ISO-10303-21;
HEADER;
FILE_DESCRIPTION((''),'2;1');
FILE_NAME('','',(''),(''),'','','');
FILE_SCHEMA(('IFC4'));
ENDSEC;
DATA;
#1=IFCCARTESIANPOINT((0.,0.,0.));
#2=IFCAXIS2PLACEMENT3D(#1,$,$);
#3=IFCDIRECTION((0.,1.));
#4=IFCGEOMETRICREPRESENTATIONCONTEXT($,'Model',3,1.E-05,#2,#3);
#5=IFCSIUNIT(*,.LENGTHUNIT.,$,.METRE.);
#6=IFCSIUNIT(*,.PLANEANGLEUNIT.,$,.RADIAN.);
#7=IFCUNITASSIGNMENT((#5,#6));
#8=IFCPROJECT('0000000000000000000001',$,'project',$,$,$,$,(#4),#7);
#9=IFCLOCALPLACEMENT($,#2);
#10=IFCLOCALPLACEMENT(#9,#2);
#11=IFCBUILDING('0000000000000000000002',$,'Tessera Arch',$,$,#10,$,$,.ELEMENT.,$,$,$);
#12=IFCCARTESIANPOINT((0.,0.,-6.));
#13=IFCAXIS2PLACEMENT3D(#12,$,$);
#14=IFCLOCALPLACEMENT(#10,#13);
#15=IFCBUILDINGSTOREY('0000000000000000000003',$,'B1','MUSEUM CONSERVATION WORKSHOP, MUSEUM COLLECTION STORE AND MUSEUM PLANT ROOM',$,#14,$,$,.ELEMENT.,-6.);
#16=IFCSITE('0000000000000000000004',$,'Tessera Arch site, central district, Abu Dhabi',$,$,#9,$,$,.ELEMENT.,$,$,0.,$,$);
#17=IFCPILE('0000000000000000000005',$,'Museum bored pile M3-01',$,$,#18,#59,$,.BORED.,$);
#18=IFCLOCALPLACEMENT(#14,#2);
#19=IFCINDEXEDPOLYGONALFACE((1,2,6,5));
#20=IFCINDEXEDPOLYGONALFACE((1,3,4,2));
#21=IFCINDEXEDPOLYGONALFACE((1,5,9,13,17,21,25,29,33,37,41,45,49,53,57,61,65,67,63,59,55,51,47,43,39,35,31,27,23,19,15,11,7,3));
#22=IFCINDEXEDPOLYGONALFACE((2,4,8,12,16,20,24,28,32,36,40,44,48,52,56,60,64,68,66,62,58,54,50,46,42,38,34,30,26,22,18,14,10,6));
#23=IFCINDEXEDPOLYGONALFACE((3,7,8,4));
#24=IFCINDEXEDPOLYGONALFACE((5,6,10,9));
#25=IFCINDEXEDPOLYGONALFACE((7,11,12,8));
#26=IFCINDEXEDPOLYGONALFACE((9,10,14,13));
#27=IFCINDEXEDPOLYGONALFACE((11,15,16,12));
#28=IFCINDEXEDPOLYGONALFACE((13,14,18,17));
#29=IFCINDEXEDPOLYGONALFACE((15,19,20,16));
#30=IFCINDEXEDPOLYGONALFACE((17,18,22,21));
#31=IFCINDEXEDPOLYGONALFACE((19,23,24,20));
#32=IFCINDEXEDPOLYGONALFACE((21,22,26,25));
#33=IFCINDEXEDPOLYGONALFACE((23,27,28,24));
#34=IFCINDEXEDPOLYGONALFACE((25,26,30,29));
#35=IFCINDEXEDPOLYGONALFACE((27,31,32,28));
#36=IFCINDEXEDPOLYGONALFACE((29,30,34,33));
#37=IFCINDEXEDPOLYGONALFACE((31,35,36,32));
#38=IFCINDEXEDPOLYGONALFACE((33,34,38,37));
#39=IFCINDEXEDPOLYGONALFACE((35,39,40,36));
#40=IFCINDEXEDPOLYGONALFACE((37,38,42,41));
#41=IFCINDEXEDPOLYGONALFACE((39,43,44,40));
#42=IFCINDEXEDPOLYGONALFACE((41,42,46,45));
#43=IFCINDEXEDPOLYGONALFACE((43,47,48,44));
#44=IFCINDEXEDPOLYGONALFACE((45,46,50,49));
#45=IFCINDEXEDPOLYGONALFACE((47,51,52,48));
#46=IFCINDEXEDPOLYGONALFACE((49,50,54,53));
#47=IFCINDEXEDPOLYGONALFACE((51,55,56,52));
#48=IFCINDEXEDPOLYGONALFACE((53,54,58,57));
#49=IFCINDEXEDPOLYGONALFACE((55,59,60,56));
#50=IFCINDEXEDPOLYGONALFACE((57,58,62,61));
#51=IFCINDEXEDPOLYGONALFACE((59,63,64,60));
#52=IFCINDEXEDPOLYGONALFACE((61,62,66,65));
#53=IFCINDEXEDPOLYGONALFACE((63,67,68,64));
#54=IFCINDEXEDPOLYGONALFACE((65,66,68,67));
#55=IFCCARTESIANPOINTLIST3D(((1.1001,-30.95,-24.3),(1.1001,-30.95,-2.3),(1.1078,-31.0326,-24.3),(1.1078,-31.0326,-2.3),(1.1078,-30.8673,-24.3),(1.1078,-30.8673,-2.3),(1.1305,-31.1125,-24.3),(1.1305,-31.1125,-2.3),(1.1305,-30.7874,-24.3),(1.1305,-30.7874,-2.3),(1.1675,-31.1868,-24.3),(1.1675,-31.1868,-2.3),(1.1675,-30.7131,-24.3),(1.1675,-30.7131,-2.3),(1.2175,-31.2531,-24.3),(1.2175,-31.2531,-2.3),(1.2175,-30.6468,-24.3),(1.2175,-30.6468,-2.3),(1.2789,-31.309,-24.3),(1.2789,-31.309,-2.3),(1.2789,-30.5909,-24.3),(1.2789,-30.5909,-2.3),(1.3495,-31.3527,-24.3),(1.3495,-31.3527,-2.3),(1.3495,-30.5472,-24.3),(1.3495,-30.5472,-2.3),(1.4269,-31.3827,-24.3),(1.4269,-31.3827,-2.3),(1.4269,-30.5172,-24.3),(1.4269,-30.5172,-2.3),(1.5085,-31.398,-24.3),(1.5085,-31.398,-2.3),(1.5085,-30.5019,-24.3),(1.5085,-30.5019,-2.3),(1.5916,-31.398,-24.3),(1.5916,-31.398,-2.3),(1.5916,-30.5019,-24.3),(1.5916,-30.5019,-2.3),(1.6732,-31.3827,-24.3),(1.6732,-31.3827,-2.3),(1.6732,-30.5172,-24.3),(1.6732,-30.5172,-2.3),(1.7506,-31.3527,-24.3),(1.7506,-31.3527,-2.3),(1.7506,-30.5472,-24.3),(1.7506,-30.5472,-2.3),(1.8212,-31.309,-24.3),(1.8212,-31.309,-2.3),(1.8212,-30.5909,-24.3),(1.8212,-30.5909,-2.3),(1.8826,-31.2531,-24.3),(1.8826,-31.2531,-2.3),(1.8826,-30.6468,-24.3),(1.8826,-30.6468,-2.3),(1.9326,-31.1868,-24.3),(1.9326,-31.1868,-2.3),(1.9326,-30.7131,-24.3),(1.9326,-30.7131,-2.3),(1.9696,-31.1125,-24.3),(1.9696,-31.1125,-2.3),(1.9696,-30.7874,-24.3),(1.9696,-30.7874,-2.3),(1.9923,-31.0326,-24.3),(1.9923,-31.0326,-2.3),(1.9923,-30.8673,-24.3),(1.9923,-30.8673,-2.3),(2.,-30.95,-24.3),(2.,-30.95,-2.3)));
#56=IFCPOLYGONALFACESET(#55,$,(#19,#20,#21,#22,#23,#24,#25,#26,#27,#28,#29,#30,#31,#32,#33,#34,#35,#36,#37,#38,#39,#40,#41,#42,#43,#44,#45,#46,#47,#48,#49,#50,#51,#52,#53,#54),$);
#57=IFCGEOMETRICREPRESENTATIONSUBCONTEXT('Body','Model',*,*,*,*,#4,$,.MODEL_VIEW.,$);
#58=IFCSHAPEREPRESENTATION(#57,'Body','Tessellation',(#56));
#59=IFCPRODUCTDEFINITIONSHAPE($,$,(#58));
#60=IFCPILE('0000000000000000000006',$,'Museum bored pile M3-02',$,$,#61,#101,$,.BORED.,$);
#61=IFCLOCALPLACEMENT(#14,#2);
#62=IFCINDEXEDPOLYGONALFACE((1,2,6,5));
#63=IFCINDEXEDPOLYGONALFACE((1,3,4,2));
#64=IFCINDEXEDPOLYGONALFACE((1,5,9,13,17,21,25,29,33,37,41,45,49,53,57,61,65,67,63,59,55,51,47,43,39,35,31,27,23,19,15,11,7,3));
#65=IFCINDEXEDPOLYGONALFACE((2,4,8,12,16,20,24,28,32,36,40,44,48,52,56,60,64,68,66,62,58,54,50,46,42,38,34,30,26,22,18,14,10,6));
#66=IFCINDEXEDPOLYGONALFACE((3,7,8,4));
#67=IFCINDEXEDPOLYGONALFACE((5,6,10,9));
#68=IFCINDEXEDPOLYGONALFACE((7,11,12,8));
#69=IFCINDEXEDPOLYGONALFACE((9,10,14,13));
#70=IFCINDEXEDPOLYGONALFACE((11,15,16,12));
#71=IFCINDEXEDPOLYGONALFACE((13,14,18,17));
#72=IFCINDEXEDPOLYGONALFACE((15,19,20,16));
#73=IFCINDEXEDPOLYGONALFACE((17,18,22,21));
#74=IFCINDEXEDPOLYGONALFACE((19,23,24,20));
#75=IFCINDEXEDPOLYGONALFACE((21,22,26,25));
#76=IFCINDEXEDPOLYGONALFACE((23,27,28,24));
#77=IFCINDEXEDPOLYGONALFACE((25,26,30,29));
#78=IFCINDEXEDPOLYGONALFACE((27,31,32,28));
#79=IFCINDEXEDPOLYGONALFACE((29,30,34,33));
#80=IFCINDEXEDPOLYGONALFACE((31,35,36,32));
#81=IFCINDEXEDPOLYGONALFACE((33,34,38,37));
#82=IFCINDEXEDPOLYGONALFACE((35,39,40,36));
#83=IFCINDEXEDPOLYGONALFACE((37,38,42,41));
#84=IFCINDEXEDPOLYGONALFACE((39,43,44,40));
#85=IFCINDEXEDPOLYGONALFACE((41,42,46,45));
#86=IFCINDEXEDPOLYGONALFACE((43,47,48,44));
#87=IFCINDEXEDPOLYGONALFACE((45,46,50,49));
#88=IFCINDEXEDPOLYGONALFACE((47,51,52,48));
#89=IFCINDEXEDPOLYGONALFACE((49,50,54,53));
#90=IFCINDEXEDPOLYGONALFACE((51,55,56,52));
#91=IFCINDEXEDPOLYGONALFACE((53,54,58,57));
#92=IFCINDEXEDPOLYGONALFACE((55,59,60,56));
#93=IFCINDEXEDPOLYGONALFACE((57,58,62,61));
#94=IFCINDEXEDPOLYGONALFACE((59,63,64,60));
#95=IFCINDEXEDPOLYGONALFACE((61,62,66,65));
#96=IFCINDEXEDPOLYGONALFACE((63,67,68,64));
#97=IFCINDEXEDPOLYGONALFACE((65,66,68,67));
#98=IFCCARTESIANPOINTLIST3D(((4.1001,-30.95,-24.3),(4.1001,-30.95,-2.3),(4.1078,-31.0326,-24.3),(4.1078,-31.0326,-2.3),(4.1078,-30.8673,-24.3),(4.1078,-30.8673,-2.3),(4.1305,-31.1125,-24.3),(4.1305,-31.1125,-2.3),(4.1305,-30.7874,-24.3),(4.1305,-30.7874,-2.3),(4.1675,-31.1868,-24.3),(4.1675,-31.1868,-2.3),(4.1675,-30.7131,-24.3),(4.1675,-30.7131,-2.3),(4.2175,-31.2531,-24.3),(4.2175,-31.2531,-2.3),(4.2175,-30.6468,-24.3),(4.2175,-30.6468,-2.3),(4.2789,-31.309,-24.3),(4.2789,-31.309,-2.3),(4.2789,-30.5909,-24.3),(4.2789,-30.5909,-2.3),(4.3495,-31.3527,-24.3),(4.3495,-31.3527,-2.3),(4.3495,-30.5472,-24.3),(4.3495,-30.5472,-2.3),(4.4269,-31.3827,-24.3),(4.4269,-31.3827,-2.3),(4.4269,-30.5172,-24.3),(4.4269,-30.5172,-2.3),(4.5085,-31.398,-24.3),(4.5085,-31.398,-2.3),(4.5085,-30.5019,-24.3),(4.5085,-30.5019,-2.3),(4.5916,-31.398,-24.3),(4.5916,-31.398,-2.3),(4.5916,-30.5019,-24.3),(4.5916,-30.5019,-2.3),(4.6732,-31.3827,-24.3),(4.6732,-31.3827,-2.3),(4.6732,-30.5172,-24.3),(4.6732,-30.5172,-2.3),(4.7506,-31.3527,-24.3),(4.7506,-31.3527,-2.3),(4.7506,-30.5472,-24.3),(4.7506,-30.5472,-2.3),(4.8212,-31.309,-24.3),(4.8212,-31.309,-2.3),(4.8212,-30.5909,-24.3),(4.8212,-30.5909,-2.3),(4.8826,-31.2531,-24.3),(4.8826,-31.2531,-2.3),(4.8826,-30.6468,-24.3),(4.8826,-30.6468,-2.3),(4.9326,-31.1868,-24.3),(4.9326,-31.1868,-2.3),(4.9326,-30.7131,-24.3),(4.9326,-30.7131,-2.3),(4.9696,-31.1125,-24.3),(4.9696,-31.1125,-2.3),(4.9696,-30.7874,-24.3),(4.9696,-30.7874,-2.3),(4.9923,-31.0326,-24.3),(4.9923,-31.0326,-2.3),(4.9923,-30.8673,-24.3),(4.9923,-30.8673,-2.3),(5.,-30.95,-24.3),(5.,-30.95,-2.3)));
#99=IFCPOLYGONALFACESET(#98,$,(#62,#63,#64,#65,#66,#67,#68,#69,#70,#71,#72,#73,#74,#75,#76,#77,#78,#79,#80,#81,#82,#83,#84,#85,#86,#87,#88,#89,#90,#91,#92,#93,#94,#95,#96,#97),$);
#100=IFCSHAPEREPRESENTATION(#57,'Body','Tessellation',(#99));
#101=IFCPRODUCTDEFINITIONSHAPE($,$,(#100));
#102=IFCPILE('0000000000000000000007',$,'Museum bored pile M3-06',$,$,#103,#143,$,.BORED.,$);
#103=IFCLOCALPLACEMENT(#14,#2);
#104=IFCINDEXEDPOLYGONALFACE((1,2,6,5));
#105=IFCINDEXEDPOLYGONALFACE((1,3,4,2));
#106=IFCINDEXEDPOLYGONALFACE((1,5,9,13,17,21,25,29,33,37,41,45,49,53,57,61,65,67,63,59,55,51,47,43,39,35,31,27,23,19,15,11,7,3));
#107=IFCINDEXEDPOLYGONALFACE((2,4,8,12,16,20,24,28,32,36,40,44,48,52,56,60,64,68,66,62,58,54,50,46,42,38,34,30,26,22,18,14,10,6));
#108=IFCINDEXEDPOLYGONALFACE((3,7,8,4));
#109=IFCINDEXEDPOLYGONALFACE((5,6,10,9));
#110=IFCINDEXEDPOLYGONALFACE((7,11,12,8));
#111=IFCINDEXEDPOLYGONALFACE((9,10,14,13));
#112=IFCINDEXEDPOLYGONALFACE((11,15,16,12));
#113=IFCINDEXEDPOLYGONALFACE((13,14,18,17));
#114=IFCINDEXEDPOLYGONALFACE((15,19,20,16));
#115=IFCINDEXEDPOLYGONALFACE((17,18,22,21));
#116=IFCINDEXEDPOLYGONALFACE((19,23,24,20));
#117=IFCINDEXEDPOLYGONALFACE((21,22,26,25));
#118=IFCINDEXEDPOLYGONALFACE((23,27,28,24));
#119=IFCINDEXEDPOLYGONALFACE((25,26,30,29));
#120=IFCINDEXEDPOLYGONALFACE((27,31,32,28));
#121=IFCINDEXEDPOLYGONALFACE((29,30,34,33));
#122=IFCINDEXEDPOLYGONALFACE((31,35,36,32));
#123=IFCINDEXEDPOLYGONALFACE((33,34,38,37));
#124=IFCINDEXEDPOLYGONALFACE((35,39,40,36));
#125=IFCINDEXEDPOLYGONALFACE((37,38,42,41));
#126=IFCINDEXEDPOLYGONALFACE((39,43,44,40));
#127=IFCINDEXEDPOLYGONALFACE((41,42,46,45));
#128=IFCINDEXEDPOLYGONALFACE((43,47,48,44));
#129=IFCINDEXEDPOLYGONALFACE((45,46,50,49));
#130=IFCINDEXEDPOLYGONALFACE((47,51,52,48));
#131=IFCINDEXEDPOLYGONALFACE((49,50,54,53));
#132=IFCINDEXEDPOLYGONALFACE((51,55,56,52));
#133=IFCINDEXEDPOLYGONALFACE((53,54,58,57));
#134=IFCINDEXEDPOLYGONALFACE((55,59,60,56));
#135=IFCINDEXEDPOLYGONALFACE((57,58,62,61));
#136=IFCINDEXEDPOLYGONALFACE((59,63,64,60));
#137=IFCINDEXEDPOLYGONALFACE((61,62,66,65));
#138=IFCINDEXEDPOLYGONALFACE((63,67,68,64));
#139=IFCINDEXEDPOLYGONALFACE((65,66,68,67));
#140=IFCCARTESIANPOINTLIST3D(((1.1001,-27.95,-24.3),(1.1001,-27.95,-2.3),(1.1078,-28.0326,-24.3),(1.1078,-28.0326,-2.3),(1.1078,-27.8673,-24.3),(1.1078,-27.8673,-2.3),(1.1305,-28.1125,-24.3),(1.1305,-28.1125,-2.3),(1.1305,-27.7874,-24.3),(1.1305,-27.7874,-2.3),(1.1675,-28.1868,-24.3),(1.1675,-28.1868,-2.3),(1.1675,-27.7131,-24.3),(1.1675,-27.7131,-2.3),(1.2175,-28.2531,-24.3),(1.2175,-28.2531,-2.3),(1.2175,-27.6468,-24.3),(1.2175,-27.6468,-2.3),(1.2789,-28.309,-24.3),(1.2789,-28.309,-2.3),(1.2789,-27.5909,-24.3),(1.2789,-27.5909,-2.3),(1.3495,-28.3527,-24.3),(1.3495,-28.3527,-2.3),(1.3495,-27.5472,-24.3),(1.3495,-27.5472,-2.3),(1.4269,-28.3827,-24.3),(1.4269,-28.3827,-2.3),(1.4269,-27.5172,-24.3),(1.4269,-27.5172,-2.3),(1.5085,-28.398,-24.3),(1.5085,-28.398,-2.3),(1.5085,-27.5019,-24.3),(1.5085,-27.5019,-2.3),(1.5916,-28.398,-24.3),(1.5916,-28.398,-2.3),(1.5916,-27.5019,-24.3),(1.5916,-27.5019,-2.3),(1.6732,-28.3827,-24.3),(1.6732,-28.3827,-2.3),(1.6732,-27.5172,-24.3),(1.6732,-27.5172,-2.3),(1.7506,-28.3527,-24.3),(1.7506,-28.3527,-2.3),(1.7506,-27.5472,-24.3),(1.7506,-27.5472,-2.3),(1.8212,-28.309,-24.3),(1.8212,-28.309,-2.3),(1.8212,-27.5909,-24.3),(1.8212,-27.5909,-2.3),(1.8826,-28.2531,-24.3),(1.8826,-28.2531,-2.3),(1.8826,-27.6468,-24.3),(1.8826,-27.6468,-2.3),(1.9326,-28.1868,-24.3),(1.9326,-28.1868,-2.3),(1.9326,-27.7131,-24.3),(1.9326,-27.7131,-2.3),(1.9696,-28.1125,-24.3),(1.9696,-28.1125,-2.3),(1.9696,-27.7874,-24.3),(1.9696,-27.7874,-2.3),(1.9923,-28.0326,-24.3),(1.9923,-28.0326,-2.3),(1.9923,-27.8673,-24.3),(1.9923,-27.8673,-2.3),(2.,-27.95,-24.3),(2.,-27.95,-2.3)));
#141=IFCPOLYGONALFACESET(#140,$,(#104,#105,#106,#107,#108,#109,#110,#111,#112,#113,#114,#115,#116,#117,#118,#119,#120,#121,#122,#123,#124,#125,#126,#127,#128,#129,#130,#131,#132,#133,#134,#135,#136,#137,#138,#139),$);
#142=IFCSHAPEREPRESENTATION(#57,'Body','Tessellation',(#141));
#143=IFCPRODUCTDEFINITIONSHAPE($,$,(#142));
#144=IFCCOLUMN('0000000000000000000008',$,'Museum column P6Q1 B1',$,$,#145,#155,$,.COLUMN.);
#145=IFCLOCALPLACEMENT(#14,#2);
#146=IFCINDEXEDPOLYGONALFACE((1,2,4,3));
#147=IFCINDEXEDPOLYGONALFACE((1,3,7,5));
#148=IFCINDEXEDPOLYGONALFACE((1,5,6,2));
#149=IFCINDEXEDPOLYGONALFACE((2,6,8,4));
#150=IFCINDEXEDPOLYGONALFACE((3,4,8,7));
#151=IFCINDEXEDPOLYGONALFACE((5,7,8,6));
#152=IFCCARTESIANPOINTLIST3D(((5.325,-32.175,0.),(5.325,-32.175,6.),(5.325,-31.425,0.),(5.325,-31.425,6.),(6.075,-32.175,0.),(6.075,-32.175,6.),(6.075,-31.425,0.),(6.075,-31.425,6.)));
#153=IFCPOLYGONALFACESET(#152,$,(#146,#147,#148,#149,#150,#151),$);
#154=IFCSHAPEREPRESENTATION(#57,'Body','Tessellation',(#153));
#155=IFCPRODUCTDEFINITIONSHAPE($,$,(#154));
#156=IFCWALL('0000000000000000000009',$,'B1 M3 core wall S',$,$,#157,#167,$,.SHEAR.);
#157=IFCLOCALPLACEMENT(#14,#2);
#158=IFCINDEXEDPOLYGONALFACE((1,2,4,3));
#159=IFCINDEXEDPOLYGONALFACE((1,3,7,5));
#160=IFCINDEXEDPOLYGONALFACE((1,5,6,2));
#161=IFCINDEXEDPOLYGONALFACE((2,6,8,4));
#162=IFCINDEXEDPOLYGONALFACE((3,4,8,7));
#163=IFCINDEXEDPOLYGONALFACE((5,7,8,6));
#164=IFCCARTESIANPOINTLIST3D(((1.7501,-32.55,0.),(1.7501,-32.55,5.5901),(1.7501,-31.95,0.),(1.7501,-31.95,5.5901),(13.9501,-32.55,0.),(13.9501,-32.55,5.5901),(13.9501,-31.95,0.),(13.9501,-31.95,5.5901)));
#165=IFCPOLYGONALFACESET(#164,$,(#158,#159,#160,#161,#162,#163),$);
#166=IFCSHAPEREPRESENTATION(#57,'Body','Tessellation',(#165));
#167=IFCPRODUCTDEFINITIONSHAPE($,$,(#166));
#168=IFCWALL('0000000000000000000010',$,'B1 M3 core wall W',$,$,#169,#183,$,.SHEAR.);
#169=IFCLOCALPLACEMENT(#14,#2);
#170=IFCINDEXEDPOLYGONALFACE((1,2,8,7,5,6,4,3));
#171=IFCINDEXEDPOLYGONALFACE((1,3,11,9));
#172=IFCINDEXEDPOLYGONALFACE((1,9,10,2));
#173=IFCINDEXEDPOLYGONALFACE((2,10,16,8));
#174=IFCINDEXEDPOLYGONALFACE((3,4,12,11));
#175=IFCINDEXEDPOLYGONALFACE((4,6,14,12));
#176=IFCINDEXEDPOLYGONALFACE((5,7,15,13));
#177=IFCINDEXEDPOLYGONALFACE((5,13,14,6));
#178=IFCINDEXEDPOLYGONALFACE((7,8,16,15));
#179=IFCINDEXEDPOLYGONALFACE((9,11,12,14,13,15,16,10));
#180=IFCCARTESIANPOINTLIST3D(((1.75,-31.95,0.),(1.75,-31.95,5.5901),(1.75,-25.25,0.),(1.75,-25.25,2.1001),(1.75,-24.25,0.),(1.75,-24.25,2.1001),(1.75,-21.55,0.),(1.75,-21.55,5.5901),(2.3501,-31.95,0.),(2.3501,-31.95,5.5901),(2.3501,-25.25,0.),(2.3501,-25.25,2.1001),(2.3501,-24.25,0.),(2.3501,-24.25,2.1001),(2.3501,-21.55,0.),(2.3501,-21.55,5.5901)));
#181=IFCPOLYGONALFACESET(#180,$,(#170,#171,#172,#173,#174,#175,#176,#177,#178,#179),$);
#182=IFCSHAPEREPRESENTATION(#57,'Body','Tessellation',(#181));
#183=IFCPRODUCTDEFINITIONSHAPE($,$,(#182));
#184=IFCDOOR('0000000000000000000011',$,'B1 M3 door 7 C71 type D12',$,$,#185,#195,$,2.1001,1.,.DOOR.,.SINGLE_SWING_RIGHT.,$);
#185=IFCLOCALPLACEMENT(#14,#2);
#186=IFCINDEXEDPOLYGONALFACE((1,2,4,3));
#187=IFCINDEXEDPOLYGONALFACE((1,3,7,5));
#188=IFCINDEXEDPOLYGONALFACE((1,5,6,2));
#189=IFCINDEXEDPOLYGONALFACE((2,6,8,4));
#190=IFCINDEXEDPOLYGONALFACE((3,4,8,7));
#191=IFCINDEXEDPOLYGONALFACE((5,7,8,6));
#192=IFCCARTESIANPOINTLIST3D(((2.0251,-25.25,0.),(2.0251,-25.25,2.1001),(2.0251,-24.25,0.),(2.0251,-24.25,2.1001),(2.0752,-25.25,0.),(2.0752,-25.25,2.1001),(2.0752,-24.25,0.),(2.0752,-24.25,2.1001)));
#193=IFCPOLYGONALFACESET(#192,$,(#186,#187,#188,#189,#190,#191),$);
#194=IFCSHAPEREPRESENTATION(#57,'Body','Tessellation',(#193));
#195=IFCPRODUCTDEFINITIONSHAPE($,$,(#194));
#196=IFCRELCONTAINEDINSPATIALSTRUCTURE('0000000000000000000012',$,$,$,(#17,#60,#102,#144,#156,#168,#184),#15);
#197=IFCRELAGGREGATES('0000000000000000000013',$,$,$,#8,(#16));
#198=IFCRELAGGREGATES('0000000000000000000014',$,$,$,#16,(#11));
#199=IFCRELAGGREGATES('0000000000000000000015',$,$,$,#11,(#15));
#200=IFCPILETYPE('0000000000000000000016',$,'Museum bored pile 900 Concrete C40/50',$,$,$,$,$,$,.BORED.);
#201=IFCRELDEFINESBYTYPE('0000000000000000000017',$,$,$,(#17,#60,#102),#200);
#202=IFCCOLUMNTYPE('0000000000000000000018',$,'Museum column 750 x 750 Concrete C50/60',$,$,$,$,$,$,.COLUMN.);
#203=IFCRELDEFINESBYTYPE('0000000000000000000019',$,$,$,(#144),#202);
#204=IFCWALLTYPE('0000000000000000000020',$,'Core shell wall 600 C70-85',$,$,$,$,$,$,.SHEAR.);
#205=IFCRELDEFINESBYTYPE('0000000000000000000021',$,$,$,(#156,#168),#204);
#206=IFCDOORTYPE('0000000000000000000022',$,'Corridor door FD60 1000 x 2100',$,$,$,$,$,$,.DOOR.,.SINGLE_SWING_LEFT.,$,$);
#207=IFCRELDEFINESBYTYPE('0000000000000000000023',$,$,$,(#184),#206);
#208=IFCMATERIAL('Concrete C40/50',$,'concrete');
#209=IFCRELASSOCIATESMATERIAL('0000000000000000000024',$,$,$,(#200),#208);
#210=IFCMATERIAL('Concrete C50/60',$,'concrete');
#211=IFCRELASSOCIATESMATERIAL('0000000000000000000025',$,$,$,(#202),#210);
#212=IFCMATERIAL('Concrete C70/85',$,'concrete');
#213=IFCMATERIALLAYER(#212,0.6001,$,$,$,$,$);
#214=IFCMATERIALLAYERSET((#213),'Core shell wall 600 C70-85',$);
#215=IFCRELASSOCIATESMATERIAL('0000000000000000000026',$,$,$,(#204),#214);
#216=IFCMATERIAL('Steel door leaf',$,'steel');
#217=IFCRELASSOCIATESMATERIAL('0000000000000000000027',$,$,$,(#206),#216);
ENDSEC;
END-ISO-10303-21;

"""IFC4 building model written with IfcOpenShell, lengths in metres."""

from ifc_helpers import new_model, si_unit, direction, frame, frame_2d, origin, origin_2d, place, context, subcontext, project, spatial, rectangle, circle, extrude, material, layer, layer_set, material_profile, profile_set, type_object, element, fill, save


model = new_model("IFC4")

# Units and contexts
model_context = context("Model", 3, precision=1e-05, world=origin(), true_north=direction((0.0, 1.0)))
body_context = subcontext(model_context, "Body", "Model", "MODEL_VIEW")
ifc_project = project(units=[si_unit("LENGTHUNIT", "METRE"), si_unit("PLANEANGLEUNIT", "RADIAN")], contexts=[model_context])

# Site, building, storey
site_placement = place(None, origin())
site = spatial("IfcSite", under=ifc_project, at=site_placement, Name="Tessera Arch site, central district, Abu Dhabi", CompositionType="ELEMENT", RefElevation=0.0)
building_placement = place(site_placement, origin())
building = spatial("IfcBuilding", under=site, at=building_placement, Name="Tessera Arch", CompositionType="ELEMENT")
storey_placement = place(building_placement, frame((0.0, 0.0, -6.0)))
storey = spatial("IfcBuildingStorey", under=building, at=storey_placement, Name="B1", Description="MUSEUM CONSERVATION WORKSHOP, MUSEUM COLLECTION STORE AND MUSEUM PLANT ROOM", CompositionType="ELEMENT", Elevation=-6.0)

# Piles
ifc_material_1 = material(Name="Concrete C40/50", Category="concrete")
pile_type = type_object("IfcPileType", Name="Museum bored pile 900 Concrete C40/50", PredefinedType="BORED", material=ifc_material_1)
for number, where, z_axis, x_axis, name in (
    (1, (1.55, -30.95, -2.3), (0.0, 0.0, -1.0), (1.0, 0.0, 0.0), "Museum bored pile M3-01"),
    (2, (4.55, -30.95, -2.3), (0.0, 0.0, -1.0), (1.0, 0.0, 0.0), "Museum bored pile M3-02"),
    (3, (1.55, -27.95, -2.3), (0.0, 0.0, -1.0), (1.0, 0.0, 0.0), "Museum bored pile M3-06"),
):
    element("IfcPile", number, at=place(storey_placement, frame(where, z_axis=z_axis, x_axis=x_axis)), inside=storey, type_object=pile_type, Name=name, PredefinedType="BORED", context=body_context, shape_type="SweptSolid", body=[
        extrude(circle(Radius=0.45, at=origin_2d()), origin(), (0.0, 0.0, 1.0), 22.0),
    ])

# Column
ifc_material_2 = material(Name="Concrete C50/60", Category="concrete")
ifc_material_profile = material_profile(ifc_material_2, rectangle(XDim=0.75, YDim=0.75, at=origin_2d()), Name="Museum column 750 x 750 Concrete C50/60")
ifc_profile_set = profile_set([ifc_material_profile], Name="Concrete C50/60")
column_type = type_object("IfcColumnType", Name="Museum column 750 x 750 Concrete C50/60", PredefinedType="COLUMN", material=ifc_profile_set)
column_placement = place(storey_placement, frame((5.7, -31.8, 0.0), z_axis=(0.0, 0.0, 1.0), x_axis=(1.0, 0.0, 0.0)))
element("IfcColumn", 4, at=column_placement, inside=storey, type_object=column_type, Name="Museum column P6Q1 B1", PredefinedType="COLUMN", context=body_context, shape_type="SweptSolid", body=[
    extrude(rectangle(XDim=0.75, YDim=0.75, at=origin_2d()), origin(), (0.0, 0.0, 1.0), 6.0),
])

# Wall
ifc_material_3 = material(Name="Concrete C70/85", Category="concrete")
ifc_layer_1 = layer(ifc_material_3, 0.6001)
ifc_layer_set_1 = layer_set([ifc_layer_1], Name="Core shell wall 600 C70-85")
wall_type_1 = type_object("IfcWallType", Name="Core shell wall 600 C70-85", PredefinedType="SHEAR", material=ifc_layer_set_1)
wall_1_placement = place(storey_placement, frame((1.75, -32.25, 0.0), z_axis=(0.0, 0.0, 1.0), x_axis=(1.0, 0.0, 0.0)))
element("IfcWall", 5, at=wall_1_placement, inside=storey, type_object=wall_type_1, Name="B1 M3 core wall S", PredefinedType="SHEAR", context=body_context, shape_type="SweptSolid", body=[
    extrude(rectangle(XDim=12.2, YDim=0.6001, at=frame_2d((6.1001, 0.0))), origin(), (0.0, 0.0, 1.0), 5.5901),
])

# Wall, opening, door
wall_2_placement = place(storey_placement, frame((2.05, -31.95, 0.0), z_axis=(0.0, 0.0, 1.0), x_axis=(0.0, 1.0, 0.0)))
wall_2 = element("IfcWall", 6, at=wall_2_placement, inside=storey, type_object=wall_type_1, Name="B1 M3 core wall W", PredefinedType="SHEAR", context=body_context, shape_type="SweptSolid", body=[
    extrude(rectangle(XDim=10.3999, YDim=0.6001, at=frame_2d((5.2, 0.0))), origin(), (0.0, 0.0, 1.0), 5.5901),
])
opening_1_placement = place(wall_2_placement, frame((6.7, 0.0, 0.0)))
opening_1 = element("IfcOpeningElement", 7, at=opening_1_placement, cuts=wall_2, PredefinedType="OPENING", context=body_context, shape_type="SweptSolid", body=[
    extrude(rectangle(XDim=1.0, YDim=2.1001, at=frame_2d((0.5, 1.05))), frame((0.0, 0.3101, 0.0), z_axis=(0.0, -1.0, 0.0), x_axis=(1.0, 0.0, 0.0)), (0.0, 0.0, 1.0), 0.6201),
])
ifc_material_4 = material(Name="Steel door leaf", Category="steel")
door_type_1 = type_object("IfcDoorType", Name="Corridor door FD60 1000 x 2100", OperationType="SINGLE_SWING_LEFT", PredefinedType="DOOR", material=ifc_material_4)
door_1_placement = place(opening_1_placement, origin())
door_1 = element("IfcDoor", 8, at=door_1_placement, inside=storey, type_object=door_type_1, Name="B1 M3 door 7 C71 type D12", OperationType="SINGLE_SWING_RIGHT", OverallHeight=2.1001, OverallWidth=1.0, PredefinedType="DOOR", context=body_context, shape_type="SweptSolid", body=[
    extrude(rectangle(XDim=1.0, YDim=2.1001, at=frame_2d((0.5, 1.05))), frame((0.0, 0.0249, 0.0), z_axis=(0.0, -1.0, 0.0), x_axis=(1.0, 0.0, 0.0)), (0.0, 0.0, 1.0), 0.05),
])
fill(opening_1, door_1)

save(model, "model.ifc")
